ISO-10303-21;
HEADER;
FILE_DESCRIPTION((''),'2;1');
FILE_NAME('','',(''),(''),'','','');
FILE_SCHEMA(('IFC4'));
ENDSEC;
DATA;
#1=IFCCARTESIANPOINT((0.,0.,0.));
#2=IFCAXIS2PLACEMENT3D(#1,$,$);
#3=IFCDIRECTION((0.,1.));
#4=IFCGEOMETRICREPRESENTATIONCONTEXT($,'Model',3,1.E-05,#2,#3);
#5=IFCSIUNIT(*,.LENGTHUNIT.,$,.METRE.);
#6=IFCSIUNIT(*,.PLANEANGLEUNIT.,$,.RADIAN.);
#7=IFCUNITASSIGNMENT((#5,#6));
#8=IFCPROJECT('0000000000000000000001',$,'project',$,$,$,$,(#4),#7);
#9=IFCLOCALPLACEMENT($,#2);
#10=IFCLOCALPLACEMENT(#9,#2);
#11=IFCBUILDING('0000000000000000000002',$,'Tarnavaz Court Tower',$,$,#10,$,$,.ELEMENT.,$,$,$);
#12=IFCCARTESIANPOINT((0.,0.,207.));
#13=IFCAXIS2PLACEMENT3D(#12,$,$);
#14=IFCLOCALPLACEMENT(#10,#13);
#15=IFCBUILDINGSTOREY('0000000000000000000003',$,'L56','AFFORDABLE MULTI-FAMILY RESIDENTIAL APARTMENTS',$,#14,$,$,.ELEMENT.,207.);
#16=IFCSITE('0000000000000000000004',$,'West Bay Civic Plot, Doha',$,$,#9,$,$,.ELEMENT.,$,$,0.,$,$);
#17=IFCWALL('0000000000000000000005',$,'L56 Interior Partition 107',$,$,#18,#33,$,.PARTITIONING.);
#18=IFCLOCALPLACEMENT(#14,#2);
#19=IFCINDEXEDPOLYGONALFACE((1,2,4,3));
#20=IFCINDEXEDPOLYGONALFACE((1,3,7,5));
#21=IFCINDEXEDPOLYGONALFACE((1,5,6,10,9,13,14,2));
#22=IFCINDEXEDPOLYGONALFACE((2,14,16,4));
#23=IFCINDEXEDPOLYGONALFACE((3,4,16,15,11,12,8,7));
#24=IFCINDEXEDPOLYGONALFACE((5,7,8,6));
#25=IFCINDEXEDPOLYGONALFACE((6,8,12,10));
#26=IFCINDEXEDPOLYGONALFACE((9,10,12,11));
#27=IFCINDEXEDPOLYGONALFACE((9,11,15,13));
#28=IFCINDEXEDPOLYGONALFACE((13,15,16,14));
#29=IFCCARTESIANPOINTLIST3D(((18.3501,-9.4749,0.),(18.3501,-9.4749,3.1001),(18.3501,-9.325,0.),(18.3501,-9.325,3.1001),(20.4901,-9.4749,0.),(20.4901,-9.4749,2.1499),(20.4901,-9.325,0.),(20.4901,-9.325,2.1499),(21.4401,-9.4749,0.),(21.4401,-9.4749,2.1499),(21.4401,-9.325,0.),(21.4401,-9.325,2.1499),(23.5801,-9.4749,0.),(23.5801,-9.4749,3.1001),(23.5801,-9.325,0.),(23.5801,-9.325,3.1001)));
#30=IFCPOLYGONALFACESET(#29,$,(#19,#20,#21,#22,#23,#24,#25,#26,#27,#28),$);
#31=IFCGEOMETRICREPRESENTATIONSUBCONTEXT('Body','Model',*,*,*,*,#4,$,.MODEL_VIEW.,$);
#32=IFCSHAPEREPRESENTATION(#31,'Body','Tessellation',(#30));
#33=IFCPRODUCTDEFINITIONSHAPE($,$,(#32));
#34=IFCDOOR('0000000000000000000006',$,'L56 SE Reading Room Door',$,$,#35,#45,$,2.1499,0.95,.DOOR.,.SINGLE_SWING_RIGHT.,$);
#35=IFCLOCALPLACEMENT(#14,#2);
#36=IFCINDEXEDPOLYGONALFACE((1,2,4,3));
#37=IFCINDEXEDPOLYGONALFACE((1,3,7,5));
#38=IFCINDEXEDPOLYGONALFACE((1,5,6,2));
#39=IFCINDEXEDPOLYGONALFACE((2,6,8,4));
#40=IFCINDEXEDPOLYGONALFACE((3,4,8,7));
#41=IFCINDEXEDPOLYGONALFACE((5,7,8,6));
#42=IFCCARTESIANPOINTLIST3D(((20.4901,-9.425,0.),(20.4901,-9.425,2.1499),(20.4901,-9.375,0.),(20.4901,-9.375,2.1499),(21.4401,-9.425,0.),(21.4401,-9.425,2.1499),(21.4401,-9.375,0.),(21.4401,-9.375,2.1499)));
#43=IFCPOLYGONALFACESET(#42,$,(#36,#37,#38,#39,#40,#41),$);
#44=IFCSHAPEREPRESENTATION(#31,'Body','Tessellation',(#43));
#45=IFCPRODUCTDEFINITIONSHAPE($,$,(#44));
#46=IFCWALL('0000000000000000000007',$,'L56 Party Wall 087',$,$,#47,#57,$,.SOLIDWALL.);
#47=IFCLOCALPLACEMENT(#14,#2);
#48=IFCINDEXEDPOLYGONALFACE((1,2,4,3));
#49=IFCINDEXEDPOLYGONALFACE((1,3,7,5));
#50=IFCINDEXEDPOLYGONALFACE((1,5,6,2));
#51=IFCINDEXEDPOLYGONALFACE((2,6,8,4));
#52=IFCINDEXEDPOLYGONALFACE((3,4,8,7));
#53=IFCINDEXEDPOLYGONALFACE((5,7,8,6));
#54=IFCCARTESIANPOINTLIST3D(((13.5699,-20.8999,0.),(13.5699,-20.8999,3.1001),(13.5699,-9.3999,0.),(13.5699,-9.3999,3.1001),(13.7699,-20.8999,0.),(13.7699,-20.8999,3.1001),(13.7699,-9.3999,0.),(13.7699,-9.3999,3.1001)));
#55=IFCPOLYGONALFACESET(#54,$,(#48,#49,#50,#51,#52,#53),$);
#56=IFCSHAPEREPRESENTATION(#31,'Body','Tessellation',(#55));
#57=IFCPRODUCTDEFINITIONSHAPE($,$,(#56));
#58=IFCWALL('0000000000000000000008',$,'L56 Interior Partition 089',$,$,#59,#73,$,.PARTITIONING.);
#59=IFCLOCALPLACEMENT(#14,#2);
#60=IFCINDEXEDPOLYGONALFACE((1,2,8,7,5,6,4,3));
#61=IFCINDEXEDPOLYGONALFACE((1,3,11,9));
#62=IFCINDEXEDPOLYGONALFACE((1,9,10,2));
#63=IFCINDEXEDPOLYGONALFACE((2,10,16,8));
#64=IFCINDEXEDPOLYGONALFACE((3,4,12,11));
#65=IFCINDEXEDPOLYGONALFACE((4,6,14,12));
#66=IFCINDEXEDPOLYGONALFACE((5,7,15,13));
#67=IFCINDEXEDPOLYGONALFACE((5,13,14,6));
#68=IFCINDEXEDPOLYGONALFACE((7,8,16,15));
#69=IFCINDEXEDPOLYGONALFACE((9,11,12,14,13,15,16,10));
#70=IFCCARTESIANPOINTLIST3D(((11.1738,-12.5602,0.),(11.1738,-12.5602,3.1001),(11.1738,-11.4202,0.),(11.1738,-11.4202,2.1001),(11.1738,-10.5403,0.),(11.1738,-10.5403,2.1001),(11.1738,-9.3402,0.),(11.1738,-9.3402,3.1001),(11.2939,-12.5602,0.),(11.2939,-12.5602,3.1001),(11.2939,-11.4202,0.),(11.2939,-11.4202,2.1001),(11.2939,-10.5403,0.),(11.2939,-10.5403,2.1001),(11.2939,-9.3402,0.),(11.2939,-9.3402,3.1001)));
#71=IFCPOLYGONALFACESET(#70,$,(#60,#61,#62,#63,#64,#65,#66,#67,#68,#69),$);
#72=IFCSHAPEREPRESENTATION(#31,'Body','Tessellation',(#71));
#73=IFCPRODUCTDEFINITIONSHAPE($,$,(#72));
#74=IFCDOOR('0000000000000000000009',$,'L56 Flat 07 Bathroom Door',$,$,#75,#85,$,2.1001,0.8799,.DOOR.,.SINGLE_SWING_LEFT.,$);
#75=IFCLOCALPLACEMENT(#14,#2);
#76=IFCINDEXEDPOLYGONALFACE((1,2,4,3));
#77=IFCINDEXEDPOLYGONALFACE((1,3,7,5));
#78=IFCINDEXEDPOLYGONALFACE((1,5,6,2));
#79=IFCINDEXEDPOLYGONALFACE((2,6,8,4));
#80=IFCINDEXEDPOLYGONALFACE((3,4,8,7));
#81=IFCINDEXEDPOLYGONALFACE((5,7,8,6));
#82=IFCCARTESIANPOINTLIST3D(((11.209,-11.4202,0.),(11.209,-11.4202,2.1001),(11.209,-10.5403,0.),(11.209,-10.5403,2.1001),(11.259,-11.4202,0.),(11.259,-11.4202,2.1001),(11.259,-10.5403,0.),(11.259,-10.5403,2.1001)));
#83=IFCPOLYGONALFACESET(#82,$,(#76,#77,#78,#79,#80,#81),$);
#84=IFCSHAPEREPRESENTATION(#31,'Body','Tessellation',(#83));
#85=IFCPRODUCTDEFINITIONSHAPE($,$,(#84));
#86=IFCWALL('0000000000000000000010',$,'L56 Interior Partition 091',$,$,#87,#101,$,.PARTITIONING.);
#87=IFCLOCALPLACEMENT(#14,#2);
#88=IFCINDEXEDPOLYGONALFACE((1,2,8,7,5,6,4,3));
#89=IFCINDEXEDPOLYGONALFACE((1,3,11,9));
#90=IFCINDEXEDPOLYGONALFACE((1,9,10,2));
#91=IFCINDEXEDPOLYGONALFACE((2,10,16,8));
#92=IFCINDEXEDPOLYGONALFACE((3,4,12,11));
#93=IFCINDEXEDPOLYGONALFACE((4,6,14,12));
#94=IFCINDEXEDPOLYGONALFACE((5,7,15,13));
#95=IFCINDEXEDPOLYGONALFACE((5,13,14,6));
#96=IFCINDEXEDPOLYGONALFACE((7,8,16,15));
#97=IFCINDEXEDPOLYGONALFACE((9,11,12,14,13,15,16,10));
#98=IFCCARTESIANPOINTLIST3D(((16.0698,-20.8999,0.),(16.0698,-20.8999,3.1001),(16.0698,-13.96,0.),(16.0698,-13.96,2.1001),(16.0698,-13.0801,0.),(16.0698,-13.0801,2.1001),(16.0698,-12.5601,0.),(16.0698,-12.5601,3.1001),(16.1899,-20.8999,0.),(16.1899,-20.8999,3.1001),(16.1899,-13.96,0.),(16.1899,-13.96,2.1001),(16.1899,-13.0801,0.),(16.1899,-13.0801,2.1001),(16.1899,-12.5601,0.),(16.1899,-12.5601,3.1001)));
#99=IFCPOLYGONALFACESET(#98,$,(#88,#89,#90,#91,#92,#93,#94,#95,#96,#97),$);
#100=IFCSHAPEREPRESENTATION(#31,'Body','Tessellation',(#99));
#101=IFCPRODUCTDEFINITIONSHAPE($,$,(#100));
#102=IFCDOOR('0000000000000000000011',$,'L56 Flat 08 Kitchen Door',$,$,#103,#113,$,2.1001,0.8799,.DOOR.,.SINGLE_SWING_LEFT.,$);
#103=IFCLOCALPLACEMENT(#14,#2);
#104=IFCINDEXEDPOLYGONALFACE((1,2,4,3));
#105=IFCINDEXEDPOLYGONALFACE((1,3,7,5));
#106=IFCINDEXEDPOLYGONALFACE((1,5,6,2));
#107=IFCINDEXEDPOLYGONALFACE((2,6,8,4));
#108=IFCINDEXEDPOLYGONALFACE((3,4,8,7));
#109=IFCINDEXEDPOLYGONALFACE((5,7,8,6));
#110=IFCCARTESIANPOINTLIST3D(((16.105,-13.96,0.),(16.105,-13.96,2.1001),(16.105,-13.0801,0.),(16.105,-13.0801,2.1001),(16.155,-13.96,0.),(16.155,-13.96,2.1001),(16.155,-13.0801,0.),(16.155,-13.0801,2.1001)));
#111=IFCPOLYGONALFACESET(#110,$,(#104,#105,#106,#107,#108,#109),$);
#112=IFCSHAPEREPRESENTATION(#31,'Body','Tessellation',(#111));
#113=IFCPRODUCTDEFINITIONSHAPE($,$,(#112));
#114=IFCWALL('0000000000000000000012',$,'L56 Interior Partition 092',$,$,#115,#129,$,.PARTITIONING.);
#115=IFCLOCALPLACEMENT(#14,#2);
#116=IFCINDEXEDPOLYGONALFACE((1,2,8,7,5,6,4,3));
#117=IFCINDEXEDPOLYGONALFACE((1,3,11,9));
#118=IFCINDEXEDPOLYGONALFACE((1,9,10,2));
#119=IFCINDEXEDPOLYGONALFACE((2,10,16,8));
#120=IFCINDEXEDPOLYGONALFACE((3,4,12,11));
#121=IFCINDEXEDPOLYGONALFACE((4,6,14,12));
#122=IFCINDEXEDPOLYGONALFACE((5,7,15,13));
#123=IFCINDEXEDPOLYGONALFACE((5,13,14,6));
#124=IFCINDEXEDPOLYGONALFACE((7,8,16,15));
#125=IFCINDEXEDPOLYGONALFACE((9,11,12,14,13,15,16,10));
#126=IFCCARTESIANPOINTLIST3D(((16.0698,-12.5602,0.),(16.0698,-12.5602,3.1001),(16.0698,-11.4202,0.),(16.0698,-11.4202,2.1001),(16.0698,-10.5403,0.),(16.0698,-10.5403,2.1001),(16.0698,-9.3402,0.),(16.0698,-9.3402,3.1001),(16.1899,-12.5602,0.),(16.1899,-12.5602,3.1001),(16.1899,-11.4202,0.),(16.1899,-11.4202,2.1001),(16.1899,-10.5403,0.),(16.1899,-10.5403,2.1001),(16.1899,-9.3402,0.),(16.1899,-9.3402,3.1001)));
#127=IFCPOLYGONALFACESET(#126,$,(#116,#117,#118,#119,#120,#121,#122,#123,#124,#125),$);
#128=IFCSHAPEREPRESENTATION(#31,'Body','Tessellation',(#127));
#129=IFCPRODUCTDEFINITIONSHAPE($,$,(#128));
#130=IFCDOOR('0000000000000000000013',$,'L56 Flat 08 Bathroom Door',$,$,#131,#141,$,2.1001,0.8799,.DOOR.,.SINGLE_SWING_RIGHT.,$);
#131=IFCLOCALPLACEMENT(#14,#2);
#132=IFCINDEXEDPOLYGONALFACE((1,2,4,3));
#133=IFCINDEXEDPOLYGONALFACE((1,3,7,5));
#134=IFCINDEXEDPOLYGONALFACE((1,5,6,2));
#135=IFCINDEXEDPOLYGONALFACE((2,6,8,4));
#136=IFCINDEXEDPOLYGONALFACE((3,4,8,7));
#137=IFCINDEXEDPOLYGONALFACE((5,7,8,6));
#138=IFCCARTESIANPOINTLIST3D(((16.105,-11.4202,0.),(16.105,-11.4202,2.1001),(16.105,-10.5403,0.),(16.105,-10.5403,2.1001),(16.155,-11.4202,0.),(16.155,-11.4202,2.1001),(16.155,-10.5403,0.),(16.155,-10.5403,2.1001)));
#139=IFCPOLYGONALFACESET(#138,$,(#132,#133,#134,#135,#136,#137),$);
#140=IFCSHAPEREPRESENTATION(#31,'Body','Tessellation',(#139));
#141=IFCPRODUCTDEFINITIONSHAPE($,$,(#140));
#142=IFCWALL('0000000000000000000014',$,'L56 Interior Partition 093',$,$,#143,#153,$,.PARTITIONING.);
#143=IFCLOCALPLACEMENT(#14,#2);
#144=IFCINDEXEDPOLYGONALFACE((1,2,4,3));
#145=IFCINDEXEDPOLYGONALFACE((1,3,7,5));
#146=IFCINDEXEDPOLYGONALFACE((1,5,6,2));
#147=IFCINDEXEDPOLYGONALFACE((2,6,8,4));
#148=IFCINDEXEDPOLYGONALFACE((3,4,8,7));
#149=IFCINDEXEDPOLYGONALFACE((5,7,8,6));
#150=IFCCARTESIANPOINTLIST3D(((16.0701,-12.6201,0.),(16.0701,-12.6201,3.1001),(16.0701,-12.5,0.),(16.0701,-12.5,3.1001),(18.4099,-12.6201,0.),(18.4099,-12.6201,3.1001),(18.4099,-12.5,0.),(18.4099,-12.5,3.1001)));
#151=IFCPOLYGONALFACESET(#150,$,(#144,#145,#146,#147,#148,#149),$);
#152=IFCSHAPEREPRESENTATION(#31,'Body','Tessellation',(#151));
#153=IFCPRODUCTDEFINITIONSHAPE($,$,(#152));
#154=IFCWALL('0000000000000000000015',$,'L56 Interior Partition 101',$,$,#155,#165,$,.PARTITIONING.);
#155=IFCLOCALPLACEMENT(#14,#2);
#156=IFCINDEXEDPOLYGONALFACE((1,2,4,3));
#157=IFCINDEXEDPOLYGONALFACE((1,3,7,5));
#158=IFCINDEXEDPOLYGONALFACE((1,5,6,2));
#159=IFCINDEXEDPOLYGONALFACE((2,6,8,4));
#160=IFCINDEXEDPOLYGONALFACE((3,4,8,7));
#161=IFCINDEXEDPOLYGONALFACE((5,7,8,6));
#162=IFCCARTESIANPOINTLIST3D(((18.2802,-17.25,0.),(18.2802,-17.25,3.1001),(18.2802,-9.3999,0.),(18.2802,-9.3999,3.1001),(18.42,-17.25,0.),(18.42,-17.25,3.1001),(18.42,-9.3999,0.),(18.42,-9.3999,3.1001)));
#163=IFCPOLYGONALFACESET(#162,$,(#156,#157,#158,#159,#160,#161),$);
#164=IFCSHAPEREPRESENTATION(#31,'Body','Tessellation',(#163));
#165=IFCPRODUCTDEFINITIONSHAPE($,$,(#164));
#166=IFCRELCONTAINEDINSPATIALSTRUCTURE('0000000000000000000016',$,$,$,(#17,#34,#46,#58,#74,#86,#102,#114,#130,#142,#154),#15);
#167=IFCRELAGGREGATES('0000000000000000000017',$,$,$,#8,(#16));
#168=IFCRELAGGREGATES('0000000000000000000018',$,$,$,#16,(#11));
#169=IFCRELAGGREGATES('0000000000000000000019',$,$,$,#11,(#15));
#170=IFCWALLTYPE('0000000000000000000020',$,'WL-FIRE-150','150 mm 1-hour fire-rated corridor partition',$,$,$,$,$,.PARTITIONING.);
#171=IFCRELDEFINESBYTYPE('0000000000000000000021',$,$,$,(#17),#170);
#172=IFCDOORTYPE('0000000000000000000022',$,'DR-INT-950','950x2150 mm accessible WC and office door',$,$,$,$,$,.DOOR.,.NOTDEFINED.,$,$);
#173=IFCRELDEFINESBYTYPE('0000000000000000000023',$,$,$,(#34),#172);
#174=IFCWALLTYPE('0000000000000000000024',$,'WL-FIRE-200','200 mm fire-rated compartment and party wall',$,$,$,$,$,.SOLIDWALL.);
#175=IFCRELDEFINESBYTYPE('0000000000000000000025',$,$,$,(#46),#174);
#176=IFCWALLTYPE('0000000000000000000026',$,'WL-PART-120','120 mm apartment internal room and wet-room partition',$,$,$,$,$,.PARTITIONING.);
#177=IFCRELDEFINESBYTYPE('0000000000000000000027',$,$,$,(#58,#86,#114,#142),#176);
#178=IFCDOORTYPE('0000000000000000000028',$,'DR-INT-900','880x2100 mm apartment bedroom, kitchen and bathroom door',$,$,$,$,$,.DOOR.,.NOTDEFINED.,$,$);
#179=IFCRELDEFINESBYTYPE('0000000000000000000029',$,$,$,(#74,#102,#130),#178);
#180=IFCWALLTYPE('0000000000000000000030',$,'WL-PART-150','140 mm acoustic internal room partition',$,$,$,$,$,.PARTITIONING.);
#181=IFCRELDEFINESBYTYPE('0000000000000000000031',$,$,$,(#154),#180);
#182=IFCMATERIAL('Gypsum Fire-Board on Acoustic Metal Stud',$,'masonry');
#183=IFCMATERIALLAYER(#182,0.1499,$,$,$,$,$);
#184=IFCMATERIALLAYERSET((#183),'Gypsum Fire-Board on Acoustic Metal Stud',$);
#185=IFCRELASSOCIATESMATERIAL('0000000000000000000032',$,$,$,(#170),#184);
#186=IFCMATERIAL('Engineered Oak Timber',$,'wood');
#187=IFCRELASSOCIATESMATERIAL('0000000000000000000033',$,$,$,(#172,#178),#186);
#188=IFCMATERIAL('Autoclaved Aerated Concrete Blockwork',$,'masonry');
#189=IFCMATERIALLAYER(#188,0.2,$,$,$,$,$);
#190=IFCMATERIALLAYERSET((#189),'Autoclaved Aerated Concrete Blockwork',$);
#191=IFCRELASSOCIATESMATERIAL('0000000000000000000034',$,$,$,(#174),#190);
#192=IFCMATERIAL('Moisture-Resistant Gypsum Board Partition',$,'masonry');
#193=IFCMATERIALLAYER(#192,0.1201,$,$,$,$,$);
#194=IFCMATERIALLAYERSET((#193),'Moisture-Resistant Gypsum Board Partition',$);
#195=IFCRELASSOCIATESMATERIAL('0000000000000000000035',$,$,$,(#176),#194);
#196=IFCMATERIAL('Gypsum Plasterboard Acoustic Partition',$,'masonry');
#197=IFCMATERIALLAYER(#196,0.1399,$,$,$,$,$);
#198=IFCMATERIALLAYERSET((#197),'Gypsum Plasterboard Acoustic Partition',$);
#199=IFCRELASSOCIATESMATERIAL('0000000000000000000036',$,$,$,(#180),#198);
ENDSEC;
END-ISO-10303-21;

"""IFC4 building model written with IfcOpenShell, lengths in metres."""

from ifc_helpers import new_model, si_unit, direction, frame, frame_2d, origin, place, context, subcontext, project, spatial, rectangle, extrude, material, layer, layer_set, type_object, element, fill, save


model = new_model("IFC4")

# Units and contexts
model_context = context("Model", 3, precision=1e-05, world=origin(), true_north=direction((0.0, 1.0)))
body_context = subcontext(model_context, "Body", "Model", "MODEL_VIEW")
ifc_project = project(units=[si_unit("LENGTHUNIT", "METRE"), si_unit("PLANEANGLEUNIT", "RADIAN")], contexts=[model_context])

# Site, building, storey
site_placement = place(None, origin())
site = spatial("IfcSite", under=ifc_project, at=site_placement, Name="West Bay Civic Plot, Doha", CompositionType="ELEMENT", RefElevation=0.0)
building_placement = place(site_placement, origin())
building = spatial("IfcBuilding", under=site, at=building_placement, Name="Tarnavaz Court Tower", CompositionType="ELEMENT")
storey_placement = place(building_placement, frame((0.0, 0.0, 207.0)))
storey = spatial("IfcBuildingStorey", under=building, at=storey_placement, Name="L56", Description="AFFORDABLE MULTI-FAMILY RESIDENTIAL APARTMENTS", CompositionType="ELEMENT", Elevation=207.0)

# Wall, opening, door
ifc_material_1 = material(Name="Gypsum Fire-Board on Acoustic Metal Stud", Category="masonry")
ifc_layer_1 = layer(ifc_material_1, 0.1499)
ifc_layer_set_1 = layer_set([ifc_layer_1], Name="Gypsum Fire-Board on Acoustic Metal Stud")
wall_type_1 = type_object("IfcWallType", Name="WL-FIRE-150", Description="150 mm 1-hour fire-rated corridor partition", PredefinedType="PARTITIONING", material=ifc_layer_set_1)
wall_1_placement = place(storey_placement, frame((18.3501, -9.3999, 0.0), z_axis=(0.0, 0.0, 1.0), x_axis=(1.0, 0.0, 0.0)))
wall_1 = element("IfcWall", 1, at=wall_1_placement, inside=storey, type_object=wall_type_1, Name="L56 Interior Partition 107", PredefinedType="PARTITIONING", context=body_context, shape_type="SweptSolid", body=[
    extrude(rectangle(XDim=5.23, YDim=0.1499, at=frame_2d((2.615, 0.0))), origin(), (0.0, 0.0, 1.0), 3.1001),
])
opening_1_placement = place(wall_1_placement, frame((2.1399, 0.0, 0.0)))
opening_1 = element("IfcOpeningElement", 2, at=opening_1_placement, cuts=wall_1, PredefinedType="OPENING", context=body_context, shape_type="SweptSolid", body=[
    extrude(rectangle(XDim=0.95, YDim=2.1499, at=frame_2d((0.4751, 1.075))), frame((0.0, 0.085, 0.0), z_axis=(0.0, -1.0, 0.0), x_axis=(1.0, 0.0, 0.0)), (0.0, 0.0, 1.0), 0.1699),
])
ifc_material_2 = material(Name="Engineered Oak Timber", Category="wood")
door_type_1 = type_object("IfcDoorType", Name="DR-INT-950", Description="950x2150 mm accessible WC and office door", OperationType="NOTDEFINED", PredefinedType="DOOR", material=ifc_material_2)
door_1_placement = place(opening_1_placement, origin())
door_1 = element("IfcDoor", 3, at=door_1_placement, inside=storey, type_object=door_type_1, Name="L56 SE Reading Room Door", OperationType="SINGLE_SWING_RIGHT", OverallHeight=2.1499, OverallWidth=0.95, PredefinedType="DOOR", context=body_context, shape_type="SweptSolid", body=[
    extrude(rectangle(XDim=0.95, YDim=2.1499, at=frame_2d((0.4751, 1.075))), frame((0.0, 0.0249, 0.0), z_axis=(0.0, -1.0, 0.0), x_axis=(1.0, 0.0, 0.0)), (0.0, 0.0, 1.0), 0.05),
])
fill(opening_1, door_1)

# Wall
ifc_material_3 = material(Name="Autoclaved Aerated Concrete Blockwork", Category="masonry")
ifc_layer_2 = layer(ifc_material_3, 0.2)
ifc_layer_set_2 = layer_set([ifc_layer_2], Name="Autoclaved Aerated Concrete Blockwork")
wall_type_2 = type_object("IfcWallType", Name="WL-FIRE-200", Description="200 mm fire-rated compartment and party wall", PredefinedType="SOLIDWALL", material=ifc_layer_set_2)
wall_2_placement = place(storey_placement, frame((13.6699, -20.8999, 0.0), z_axis=(0.0, 0.0, 1.0), x_axis=(0.0, 1.0, 0.0)))
element("IfcWall", 4, at=wall_2_placement, inside=storey, type_object=wall_type_2, Name="L56 Party Wall 087", PredefinedType="SOLIDWALL", context=body_context, shape_type="SweptSolid", body=[
    extrude(rectangle(XDim=11.5, YDim=0.2, at=frame_2d((5.75, 0.0))), origin(), (0.0, 0.0, 1.0), 3.1001),
])

# Walls, openings, doors
ifc_material_4 = material(Name="Moisture-Resistant Gypsum Board Partition", Category="masonry")
ifc_layer_3 = layer(ifc_material_4, 0.1201)
ifc_layer_set_3 = layer_set([ifc_layer_3], Name="Moisture-Resistant Gypsum Board Partition")
wall_type_3 = type_object("IfcWallType", Name="WL-PART-120", Description="120 mm apartment internal room and wet-room partition", PredefinedType="PARTITIONING", material=ifc_layer_set_3)
wall_3_placement = place(storey_placement, frame((11.2339, -12.5601, 0.0), z_axis=(0.0, 0.0, 1.0), x_axis=(0.0, 1.0, 0.0)))
wall_3 = element("IfcWall", 5, at=wall_3_placement, inside=storey, type_object=wall_type_3, Name="L56 Interior Partition 089", PredefinedType="PARTITIONING", context=body_context, shape_type="SweptSolid", body=[
    extrude(rectangle(XDim=3.22, YDim=0.1201, at=frame_2d((1.6099, 0.0))), origin(), (0.0, 0.0, 1.0), 3.1001),
])
opening_2_placement = place(wall_3_placement, frame((1.1399, 0.0, 0.0)))
opening_2 = element("IfcOpeningElement", 6, at=opening_2_placement, cuts=wall_3, PredefinedType="OPENING", context=body_context, shape_type="SweptSolid", body=[
    extrude(rectangle(XDim=0.8799, YDim=2.1001, at=frame_2d((0.4399, 1.05))), frame((0.0, 0.0701, 0.0), z_axis=(0.0, -1.0, 0.0), x_axis=(1.0, 0.0, 0.0)), (0.0, 0.0, 1.0), 0.1401),
])
door_type_2 = type_object("IfcDoorType", Name="DR-INT-900", Description="880x2100 mm apartment bedroom, kitchen and bathroom door", OperationType="NOTDEFINED", PredefinedType="DOOR", material=ifc_material_2)
door_2_placement = place(opening_2_placement, origin())
door_2 = element("IfcDoor", 7, at=door_2_placement, inside=storey, type_object=door_type_2, Name="L56 Flat 07 Bathroom Door", OperationType="SINGLE_SWING_LEFT", OverallHeight=2.1001, OverallWidth=0.8799, PredefinedType="DOOR", context=body_context, shape_type="SweptSolid", body=[
    extrude(rectangle(XDim=0.8799, YDim=2.1001, at=frame_2d((0.4399, 1.05))), frame((0.0, 0.0249, 0.0), z_axis=(0.0, -1.0, 0.0), x_axis=(1.0, 0.0, 0.0)), (0.0, 0.0, 1.0), 0.05),
])
fill(opening_2, door_2)
wall_4_placement = place(storey_placement, frame((16.1299, -20.8999, 0.0), z_axis=(0.0, 0.0, 1.0), x_axis=(0.0, 1.0, 0.0)))
wall_4 = element("IfcWall", 8, at=wall_4_placement, inside=storey, type_object=wall_type_3, Name="L56 Interior Partition 091", PredefinedType="PARTITIONING", context=body_context, shape_type="SweptSolid", body=[
    extrude(rectangle(XDim=8.3398, YDim=0.1201, at=frame_2d((4.1699, 0.0))), origin(), (0.0, 0.0, 1.0), 3.1001),
])
opening_3_placement = place(wall_4_placement, frame((6.9399, 0.0, 0.0)))
opening_3 = element("IfcOpeningElement", 9, at=opening_3_placement, cuts=wall_4, PredefinedType="OPENING", context=body_context, shape_type="SweptSolid", body=[
    extrude(rectangle(XDim=0.8799, YDim=2.1001, at=frame_2d((0.4399, 1.05))), frame((0.0, 0.0701, 0.0), z_axis=(0.0, -1.0, 0.0), x_axis=(1.0, 0.0, 0.0)), (0.0, 0.0, 1.0), 0.1401),
])
door_3_placement = place(opening_3_placement, origin())
door_3 = element("IfcDoor", 10, at=door_3_placement, inside=storey, type_object=door_type_2, Name="L56 Flat 08 Kitchen Door", OperationType="SINGLE_SWING_LEFT", OverallHeight=2.1001, OverallWidth=0.8799, PredefinedType="DOOR", context=body_context, shape_type="SweptSolid", body=[
    extrude(rectangle(XDim=0.8799, YDim=2.1001, at=frame_2d((0.4399, 1.05))), frame((0.0, 0.0249, 0.0), z_axis=(0.0, -1.0, 0.0), x_axis=(1.0, 0.0, 0.0)), (0.0, 0.0, 1.0), 0.05),
])
fill(opening_3, door_3)
wall_5_placement = place(storey_placement, frame((16.1299, -12.5601, 0.0), z_axis=(0.0, 0.0, 1.0), x_axis=(0.0, 1.0, 0.0)))
wall_5 = element("IfcWall", 11, at=wall_5_placement, inside=storey, type_object=wall_type_3, Name="L56 Interior Partition 092", PredefinedType="PARTITIONING", context=body_context, shape_type="SweptSolid", body=[
    extrude(rectangle(XDim=3.22, YDim=0.1201, at=frame_2d((1.6099, 0.0))), origin(), (0.0, 0.0, 1.0), 3.1001),
])
opening_4_placement = place(wall_5_placement, frame((1.1399, 0.0, 0.0)))
opening_4 = element("IfcOpeningElement", 12, at=opening_4_placement, cuts=wall_5, PredefinedType="OPENING", context=body_context, shape_type="SweptSolid", body=[
    extrude(rectangle(XDim=0.8799, YDim=2.1001, at=frame_2d((0.4399, 1.05))), frame((0.0, 0.0701, 0.0), z_axis=(0.0, -1.0, 0.0), x_axis=(1.0, 0.0, 0.0)), (0.0, 0.0, 1.0), 0.1401),
])
door_4_placement = place(opening_4_placement, origin())
door_4 = element("IfcDoor", 13, at=door_4_placement, inside=storey, type_object=door_type_2, Name="L56 Flat 08 Bathroom Door", OperationType="SINGLE_SWING_RIGHT", OverallHeight=2.1001, OverallWidth=0.8799, PredefinedType="DOOR", context=body_context, shape_type="SweptSolid", body=[
    extrude(rectangle(XDim=0.8799, YDim=2.1001, at=frame_2d((0.4399, 1.05))), frame((0.0, 0.0249, 0.0), z_axis=(0.0, -1.0, 0.0), x_axis=(1.0, 0.0, 0.0)), (0.0, 0.0, 1.0), 0.05),
])
fill(opening_4, door_4)

# Walls
wall_6_placement = place(storey_placement, frame((16.0701, -12.5601, 0.0), z_axis=(0.0, 0.0, 1.0), x_axis=(1.0, 0.0, 0.0)))
element("IfcWall", 14, at=wall_6_placement, inside=storey, type_object=wall_type_3, Name="L56 Interior Partition 093", PredefinedType="PARTITIONING", context=body_context, shape_type="SweptSolid", body=[
    extrude(rectangle(XDim=2.3398, YDim=0.1201, at=frame_2d((1.1699, 0.0))), origin(), (0.0, 0.0, 1.0), 3.1001),
])
ifc_material_5 = material(Name="Gypsum Plasterboard Acoustic Partition", Category="masonry")
ifc_layer_4 = layer(ifc_material_5, 0.1399)
ifc_layer_set_4 = layer_set([ifc_layer_4], Name="Gypsum Plasterboard Acoustic Partition")
wall_type_4 = type_object("IfcWallType", Name="WL-PART-150", Description="140 mm acoustic internal room partition", PredefinedType="PARTITIONING", material=ifc_layer_set_4)
wall_7_placement = place(storey_placement, frame((18.3501, -17.25, 0.0), z_axis=(0.0, 0.0, 1.0), x_axis=(0.0, 1.0, 0.0)))
element("IfcWall", 15, at=wall_7_placement, inside=storey, type_object=wall_type_4, Name="L56 Interior Partition 101", PredefinedType="PARTITIONING", context=body_context, shape_type="SweptSolid", body=[
    extrude(rectangle(XDim=7.8501, YDim=0.1399, at=frame_2d((3.925, 0.0))), origin(), (0.0, 0.0, 1.0), 3.1001),
])

save(model, "model.ifc")
